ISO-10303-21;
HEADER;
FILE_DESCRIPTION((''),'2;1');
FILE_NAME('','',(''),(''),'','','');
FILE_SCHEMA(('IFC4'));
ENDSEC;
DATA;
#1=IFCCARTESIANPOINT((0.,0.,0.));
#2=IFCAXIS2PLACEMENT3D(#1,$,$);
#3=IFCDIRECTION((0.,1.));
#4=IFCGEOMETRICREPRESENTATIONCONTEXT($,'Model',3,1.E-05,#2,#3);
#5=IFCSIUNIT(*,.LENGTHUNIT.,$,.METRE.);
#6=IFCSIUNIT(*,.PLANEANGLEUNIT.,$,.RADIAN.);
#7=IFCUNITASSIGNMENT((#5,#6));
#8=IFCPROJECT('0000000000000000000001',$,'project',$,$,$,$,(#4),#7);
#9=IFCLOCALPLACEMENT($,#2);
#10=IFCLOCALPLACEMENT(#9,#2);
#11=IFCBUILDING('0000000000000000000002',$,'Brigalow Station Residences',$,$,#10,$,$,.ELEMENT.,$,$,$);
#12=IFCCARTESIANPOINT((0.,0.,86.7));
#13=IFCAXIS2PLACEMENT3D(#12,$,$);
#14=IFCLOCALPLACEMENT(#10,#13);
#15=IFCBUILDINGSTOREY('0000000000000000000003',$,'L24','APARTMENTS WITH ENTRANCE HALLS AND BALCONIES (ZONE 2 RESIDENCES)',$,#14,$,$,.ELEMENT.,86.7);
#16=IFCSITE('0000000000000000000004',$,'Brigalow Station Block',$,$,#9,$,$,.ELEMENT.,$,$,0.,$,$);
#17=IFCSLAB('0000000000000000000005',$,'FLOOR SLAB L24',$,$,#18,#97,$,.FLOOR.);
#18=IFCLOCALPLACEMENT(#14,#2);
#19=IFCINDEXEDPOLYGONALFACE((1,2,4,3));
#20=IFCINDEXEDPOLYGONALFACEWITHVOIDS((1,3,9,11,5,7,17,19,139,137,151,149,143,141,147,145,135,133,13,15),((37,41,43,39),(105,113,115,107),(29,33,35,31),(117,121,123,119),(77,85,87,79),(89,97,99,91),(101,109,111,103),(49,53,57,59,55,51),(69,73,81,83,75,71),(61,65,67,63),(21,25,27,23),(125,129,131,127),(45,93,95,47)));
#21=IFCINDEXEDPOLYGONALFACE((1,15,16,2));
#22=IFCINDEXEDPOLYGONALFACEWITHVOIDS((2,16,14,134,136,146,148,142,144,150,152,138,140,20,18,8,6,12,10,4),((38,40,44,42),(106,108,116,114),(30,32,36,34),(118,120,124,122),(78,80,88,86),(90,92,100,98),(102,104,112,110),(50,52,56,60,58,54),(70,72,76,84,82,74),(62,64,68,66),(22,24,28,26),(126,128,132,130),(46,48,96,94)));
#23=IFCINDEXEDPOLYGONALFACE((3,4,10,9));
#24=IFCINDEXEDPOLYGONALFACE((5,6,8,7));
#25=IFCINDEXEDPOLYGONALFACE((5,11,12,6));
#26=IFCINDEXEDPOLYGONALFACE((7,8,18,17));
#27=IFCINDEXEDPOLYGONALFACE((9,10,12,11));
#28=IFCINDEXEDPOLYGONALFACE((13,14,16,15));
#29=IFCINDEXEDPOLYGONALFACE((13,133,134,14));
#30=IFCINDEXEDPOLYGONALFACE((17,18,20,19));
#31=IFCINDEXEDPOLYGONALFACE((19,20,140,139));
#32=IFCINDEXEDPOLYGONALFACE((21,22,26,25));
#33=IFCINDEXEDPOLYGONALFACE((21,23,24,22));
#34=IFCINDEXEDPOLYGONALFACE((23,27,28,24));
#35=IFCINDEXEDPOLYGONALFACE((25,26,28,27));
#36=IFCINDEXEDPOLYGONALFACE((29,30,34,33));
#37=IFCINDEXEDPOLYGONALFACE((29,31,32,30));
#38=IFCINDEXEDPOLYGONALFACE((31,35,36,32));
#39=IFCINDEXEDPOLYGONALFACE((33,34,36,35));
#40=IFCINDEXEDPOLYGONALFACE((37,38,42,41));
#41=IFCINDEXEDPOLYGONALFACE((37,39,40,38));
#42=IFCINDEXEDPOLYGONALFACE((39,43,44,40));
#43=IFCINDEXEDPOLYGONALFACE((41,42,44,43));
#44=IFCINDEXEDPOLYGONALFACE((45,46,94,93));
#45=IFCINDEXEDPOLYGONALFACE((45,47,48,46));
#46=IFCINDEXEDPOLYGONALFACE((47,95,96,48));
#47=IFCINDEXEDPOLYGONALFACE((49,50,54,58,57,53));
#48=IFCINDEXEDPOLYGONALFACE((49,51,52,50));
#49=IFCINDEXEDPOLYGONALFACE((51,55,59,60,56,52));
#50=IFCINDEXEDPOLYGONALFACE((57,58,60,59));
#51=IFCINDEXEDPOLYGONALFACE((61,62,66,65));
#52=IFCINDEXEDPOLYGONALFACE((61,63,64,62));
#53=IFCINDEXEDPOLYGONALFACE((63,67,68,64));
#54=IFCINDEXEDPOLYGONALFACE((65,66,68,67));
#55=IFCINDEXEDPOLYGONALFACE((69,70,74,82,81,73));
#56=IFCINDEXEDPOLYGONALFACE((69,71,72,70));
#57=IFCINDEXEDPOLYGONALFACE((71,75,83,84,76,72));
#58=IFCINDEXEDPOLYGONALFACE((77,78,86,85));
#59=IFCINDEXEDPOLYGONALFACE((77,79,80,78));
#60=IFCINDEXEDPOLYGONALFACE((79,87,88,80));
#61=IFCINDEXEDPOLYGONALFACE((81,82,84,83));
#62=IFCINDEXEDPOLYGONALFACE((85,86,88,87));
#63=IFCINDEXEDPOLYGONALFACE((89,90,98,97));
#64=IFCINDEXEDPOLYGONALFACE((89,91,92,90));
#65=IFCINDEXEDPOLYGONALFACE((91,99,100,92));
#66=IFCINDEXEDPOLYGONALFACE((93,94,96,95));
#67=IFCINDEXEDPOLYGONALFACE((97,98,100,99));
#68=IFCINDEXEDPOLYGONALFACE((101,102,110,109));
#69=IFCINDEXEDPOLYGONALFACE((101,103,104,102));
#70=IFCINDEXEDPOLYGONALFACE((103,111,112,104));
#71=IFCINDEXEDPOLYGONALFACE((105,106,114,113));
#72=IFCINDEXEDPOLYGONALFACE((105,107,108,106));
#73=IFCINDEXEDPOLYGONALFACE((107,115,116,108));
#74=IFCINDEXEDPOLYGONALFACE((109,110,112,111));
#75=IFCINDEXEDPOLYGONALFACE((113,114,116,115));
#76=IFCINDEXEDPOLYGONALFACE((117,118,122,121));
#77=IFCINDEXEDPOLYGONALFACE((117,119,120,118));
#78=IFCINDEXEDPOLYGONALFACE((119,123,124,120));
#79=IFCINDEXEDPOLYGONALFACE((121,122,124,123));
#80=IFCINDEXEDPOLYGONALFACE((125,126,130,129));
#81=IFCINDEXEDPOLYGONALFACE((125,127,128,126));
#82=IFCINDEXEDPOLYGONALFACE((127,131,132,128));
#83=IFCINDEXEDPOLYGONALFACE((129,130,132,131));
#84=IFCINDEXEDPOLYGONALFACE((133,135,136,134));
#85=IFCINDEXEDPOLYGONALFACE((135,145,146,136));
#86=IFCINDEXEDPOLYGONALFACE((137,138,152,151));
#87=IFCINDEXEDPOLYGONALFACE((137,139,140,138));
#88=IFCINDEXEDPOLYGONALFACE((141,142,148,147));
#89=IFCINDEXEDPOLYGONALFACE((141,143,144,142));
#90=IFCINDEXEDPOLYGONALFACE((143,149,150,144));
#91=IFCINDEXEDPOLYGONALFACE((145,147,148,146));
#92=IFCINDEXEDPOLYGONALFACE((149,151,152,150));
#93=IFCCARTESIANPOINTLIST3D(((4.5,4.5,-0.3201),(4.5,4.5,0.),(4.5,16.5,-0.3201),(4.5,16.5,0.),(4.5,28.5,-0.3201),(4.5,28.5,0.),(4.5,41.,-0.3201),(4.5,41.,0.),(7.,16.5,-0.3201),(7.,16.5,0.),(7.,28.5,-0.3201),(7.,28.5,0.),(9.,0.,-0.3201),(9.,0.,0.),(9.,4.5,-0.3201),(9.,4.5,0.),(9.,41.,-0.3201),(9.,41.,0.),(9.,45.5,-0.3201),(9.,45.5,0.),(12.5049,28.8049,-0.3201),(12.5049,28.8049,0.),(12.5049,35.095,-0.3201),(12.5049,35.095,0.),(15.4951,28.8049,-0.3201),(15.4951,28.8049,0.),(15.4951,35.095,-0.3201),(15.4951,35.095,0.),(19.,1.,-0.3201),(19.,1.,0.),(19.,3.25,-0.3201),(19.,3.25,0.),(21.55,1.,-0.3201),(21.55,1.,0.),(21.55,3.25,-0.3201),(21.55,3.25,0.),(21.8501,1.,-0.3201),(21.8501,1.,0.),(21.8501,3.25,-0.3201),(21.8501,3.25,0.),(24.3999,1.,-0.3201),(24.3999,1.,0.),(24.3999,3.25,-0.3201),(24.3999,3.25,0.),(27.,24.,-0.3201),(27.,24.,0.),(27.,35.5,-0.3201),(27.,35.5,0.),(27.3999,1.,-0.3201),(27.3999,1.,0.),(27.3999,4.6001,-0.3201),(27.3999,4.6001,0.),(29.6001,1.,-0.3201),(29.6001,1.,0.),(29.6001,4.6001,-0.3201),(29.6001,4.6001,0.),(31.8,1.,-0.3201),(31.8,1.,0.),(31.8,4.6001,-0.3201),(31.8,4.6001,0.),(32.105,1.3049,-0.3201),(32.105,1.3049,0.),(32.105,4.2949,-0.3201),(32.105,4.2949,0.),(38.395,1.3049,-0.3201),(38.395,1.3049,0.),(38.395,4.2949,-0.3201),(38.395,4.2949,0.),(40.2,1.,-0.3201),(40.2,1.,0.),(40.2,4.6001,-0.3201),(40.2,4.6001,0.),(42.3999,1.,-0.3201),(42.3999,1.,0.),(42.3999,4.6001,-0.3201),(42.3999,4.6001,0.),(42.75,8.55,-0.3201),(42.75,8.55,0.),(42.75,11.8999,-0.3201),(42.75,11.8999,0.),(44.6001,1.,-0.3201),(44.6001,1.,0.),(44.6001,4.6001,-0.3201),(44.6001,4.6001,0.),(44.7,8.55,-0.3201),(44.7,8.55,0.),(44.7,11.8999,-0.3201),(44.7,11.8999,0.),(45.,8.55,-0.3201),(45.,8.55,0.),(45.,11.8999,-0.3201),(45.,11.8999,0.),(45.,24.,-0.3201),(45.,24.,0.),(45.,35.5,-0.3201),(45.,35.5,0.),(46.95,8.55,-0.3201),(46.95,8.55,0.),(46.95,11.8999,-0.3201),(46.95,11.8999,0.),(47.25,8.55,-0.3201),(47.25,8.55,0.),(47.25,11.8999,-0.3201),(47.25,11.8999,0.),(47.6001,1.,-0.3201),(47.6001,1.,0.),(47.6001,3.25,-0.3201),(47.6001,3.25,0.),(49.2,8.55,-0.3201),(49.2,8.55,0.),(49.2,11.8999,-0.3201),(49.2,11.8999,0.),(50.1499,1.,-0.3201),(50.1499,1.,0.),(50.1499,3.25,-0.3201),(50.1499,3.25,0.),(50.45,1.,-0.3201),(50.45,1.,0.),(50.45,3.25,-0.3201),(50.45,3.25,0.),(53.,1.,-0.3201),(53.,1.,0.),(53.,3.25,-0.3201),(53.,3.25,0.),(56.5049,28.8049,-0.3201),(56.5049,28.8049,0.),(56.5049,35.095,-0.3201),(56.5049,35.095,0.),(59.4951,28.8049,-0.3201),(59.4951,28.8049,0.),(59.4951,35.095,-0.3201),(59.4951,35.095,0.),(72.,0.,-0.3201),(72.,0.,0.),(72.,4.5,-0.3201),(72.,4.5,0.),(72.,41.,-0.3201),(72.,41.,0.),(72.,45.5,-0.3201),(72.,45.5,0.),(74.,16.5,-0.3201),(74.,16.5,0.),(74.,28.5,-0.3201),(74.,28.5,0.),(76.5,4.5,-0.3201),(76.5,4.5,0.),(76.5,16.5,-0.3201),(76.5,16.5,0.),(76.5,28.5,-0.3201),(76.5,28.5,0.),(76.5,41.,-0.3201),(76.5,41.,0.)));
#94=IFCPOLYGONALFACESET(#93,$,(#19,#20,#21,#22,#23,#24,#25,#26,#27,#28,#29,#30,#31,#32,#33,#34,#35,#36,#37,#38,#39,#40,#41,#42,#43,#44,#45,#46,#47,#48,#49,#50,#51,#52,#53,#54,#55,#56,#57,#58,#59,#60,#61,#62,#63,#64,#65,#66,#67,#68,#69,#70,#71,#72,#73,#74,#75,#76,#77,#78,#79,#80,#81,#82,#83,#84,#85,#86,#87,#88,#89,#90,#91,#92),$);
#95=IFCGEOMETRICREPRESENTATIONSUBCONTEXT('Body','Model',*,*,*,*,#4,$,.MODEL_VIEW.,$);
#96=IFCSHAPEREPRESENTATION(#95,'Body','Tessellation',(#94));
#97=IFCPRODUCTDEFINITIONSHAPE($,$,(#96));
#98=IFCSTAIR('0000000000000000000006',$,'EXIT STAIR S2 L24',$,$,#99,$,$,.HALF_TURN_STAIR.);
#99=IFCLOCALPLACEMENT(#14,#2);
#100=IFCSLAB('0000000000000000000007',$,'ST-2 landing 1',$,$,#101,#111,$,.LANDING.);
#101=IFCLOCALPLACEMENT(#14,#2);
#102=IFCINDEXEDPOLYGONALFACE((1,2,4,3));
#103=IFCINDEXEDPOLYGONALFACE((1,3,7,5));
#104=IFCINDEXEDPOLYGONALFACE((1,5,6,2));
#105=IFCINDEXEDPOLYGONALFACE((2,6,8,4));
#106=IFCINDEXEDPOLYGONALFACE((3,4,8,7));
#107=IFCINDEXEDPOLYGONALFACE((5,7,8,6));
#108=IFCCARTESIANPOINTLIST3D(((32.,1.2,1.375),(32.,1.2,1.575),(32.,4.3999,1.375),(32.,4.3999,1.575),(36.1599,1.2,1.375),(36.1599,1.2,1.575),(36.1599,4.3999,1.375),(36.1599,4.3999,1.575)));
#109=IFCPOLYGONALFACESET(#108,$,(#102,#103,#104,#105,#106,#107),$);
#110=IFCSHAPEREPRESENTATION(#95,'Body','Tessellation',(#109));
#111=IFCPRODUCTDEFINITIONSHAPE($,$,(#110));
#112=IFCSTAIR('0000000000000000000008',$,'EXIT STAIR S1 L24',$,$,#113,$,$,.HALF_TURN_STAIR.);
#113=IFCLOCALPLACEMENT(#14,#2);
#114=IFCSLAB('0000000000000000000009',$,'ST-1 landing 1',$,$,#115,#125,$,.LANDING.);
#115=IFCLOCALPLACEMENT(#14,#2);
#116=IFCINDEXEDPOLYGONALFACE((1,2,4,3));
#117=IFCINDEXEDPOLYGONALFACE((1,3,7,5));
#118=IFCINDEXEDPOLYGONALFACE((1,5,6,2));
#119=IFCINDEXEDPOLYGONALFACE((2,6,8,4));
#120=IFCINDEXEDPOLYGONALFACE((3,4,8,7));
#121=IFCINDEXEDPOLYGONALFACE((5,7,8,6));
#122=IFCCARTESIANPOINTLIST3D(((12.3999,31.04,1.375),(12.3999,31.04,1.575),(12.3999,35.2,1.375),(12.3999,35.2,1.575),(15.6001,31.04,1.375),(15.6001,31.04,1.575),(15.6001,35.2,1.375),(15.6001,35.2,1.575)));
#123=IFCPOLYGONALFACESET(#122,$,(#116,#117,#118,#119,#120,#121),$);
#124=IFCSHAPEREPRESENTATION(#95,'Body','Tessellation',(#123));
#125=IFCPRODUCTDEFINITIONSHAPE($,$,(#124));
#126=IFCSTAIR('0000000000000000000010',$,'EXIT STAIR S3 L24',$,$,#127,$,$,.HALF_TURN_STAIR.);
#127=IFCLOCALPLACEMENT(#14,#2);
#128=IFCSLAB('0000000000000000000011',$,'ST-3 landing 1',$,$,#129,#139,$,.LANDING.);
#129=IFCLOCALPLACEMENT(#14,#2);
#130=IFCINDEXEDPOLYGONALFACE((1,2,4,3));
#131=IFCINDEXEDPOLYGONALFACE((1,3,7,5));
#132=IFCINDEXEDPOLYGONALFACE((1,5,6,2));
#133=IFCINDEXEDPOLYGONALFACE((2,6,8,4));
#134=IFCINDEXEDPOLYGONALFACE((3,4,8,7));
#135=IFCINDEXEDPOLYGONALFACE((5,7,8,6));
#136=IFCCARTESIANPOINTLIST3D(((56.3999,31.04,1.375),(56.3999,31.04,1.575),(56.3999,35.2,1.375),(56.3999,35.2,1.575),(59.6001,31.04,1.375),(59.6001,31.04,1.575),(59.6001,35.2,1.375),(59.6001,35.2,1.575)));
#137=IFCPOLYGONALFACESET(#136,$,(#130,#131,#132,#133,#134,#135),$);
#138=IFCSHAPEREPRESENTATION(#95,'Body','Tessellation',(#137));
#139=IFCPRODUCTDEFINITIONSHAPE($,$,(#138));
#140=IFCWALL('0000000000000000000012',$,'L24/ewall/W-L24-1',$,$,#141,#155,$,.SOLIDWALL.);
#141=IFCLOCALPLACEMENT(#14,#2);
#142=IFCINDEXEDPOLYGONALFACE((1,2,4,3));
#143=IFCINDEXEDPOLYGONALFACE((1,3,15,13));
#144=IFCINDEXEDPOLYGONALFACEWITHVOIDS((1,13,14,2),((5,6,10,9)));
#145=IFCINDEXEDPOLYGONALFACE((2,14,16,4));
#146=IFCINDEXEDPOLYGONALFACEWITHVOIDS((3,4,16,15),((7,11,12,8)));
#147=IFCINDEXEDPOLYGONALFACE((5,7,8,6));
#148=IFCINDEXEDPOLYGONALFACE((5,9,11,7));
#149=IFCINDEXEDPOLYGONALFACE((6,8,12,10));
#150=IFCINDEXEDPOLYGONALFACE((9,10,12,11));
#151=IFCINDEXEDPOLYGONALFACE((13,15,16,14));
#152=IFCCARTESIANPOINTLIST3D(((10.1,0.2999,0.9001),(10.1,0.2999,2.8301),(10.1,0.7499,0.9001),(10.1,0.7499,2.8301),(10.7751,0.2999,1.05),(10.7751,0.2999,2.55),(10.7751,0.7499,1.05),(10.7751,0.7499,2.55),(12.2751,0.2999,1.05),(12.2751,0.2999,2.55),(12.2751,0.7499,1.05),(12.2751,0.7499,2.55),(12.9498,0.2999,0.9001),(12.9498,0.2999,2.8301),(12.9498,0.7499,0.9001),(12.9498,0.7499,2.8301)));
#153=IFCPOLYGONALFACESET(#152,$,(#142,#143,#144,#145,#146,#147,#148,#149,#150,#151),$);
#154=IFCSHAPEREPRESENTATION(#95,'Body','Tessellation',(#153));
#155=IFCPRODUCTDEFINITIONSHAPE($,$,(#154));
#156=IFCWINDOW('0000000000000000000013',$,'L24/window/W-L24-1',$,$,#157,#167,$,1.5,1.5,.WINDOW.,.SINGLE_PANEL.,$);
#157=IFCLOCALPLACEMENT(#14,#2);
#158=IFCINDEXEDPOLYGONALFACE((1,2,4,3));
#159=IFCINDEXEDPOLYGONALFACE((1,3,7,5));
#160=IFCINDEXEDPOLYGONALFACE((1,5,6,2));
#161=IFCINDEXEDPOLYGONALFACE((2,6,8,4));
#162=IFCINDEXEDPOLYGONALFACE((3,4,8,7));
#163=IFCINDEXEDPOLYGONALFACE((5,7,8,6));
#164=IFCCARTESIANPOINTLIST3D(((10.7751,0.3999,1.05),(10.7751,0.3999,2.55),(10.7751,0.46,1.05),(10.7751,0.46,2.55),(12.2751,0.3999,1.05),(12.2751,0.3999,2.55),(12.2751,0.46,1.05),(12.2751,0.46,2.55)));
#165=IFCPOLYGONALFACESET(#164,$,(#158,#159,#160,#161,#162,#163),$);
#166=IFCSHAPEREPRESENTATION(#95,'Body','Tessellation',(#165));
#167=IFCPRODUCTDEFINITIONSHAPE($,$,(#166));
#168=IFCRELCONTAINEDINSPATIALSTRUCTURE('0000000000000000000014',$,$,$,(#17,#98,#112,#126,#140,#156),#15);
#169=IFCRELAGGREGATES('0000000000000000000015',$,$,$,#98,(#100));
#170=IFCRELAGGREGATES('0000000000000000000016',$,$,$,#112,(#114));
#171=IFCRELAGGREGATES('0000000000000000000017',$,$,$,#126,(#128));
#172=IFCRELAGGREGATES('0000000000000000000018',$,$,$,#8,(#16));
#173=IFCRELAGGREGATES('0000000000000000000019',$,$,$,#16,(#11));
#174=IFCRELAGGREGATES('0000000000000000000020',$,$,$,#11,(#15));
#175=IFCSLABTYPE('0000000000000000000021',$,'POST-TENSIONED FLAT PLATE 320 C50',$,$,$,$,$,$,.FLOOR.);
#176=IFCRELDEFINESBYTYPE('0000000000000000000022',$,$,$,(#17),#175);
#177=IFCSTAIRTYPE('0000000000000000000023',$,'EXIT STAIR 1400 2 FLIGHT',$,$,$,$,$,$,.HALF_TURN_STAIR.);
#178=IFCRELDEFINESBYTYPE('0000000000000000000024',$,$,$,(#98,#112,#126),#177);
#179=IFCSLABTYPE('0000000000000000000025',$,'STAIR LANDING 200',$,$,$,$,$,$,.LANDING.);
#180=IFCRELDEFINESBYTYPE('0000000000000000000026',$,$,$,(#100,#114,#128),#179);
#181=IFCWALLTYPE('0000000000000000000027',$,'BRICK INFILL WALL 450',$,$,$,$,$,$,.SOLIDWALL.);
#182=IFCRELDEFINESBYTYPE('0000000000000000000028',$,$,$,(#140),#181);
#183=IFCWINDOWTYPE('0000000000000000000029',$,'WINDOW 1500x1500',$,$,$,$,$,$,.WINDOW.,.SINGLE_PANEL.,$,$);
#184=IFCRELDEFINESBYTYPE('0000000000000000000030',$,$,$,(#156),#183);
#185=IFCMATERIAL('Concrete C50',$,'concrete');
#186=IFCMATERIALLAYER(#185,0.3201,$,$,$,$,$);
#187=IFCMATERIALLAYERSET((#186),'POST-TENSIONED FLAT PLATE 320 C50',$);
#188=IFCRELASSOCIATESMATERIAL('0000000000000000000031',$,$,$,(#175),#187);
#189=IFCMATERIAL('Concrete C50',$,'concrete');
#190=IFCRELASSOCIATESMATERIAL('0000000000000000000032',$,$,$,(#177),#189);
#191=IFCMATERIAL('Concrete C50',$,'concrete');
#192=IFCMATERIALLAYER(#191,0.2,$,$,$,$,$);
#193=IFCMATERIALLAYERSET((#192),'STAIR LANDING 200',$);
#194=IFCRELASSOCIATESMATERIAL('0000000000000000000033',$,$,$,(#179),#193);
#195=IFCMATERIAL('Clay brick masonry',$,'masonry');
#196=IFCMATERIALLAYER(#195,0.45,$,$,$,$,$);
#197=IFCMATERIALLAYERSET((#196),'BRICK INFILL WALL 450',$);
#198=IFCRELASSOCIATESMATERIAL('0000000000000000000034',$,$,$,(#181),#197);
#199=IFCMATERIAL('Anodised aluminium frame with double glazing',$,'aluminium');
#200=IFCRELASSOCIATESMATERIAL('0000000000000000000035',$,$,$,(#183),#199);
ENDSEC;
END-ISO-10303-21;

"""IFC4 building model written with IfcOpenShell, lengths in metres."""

from ifc_helpers import new_model, si_unit, direction, frame, frame_2d, origin, place, context, subcontext, project, spatial, polyline, rectangle, outline, extrude, material, layer, layer_set, type_object, element, fill, aggregate, save


model = new_model("IFC4")

# Units and contexts
model_context = context("Model", 3, precision=1e-05, world=origin(), true_north=direction((0.0, 1.0)))
body_context = subcontext(model_context, "Body", "Model", "MODEL_VIEW")
ifc_project = project(units=[si_unit("LENGTHUNIT", "METRE"), si_unit("PLANEANGLEUNIT", "RADIAN")], contexts=[model_context])

# Site, building, storey
site_placement = place(None, origin())
site = spatial("IfcSite", under=ifc_project, at=site_placement, Name="Brigalow Station Block", CompositionType="ELEMENT", RefElevation=0.0)
building_placement = place(site_placement, origin())
building = spatial("IfcBuilding", under=site, at=building_placement, Name="Brigalow Station Residences", CompositionType="ELEMENT")
storey_placement = place(building_placement, frame((0.0, 0.0, 86.7)))
storey = spatial("IfcBuildingStorey", under=building, at=storey_placement, Name="L24", Description="APARTMENTS WITH ENTRANCE HALLS AND BALCONIES (ZONE 2 RESIDENCES)", CompositionType="ELEMENT", Elevation=86.7)

# Slab
ifc_material_1 = material(Name="Concrete C50", Category="concrete")
ifc_layer_1 = layer(ifc_material_1, 0.3201)
ifc_layer_set_1 = layer_set([ifc_layer_1], Name="POST-TENSIONED FLAT PLATE 320 C50")
slab_type_1 = type_object("IfcSlabType", Name="POST-TENSIONED FLAT PLATE 320 C50", PredefinedType="FLOOR", material=ifc_layer_set_1)
slab_1_placement = place(storey_placement, frame((0.0, 0.0, -0.3201)))
element("IfcSlab", 1, at=slab_1_placement, inside=storey, type_object=slab_type_1, Name="FLOOR SLAB L24", PredefinedType="FLOOR", context=body_context, shape_type="SweptSolid", body=[
    extrude(outline(polyline([(9.0, 0.0), (72.0, 0.0), (72.0, 4.5), (76.5, 4.5), (76.5, 16.5), (74.0, 16.5), (74.0, 28.5), (76.5, 28.5), (76.5, 41.0), (72.0, 41.0), (72.0, 45.5), (9.0, 45.5), (9.0, 41.0), (4.5, 41.0), (4.5, 28.5), (7.0, 28.5), (7.0, 16.5), (4.5, 16.5), (4.5, 4.5), (9.0, 4.5), (9.0, 0.0)]), holes=[polyline([(12.5049, 35.095), (15.4951, 35.095), (15.4951, 28.8049), (12.5049, 28.8049), (12.5049, 35.095)]), polyline([(19.0, 1.0), (19.0, 3.25), (21.55, 3.25), (21.55, 1.0), (19.0, 1.0)]), polyline([(21.8501, 3.25), (24.3999, 3.25), (24.3999, 1.0), (21.8501, 1.0), (21.8501, 3.25)]), polyline([(27.0, 35.5), (45.0, 35.5), (45.0, 24.0), (27.0, 24.0), (27.0, 35.5)]), polyline([(29.6001, 4.6001), (31.8, 4.6001), (31.8, 1.0), (29.6001, 1.0), (27.3999, 1.0), (27.3999, 4.6001), (29.6001, 4.6001)]), polyline([(32.105, 4.2949), (38.395, 4.2949), (38.395, 1.3049), (32.105, 1.3049), (32.105, 4.2949)]), polyline([(40.2, 4.6001), (42.3999, 4.6001), (44.6001, 4.6001), (44.6001, 1.0), (42.3999, 1.0), (40.2, 1.0), (40.2, 4.6001)]), polyline([(42.75, 11.8999), (44.7, 11.8999), (44.7, 8.55), (42.75, 8.55), (42.75, 11.8999)]), polyline([(45.0, 11.8999), (46.95, 11.8999), (46.95, 8.55), (45.0, 8.55), (45.0, 11.8999)]), polyline([(47.25, 11.8999), (49.2, 11.8999), (49.2, 8.55), (47.25, 8.55), (47.25, 11.8999)]), polyline([(47.6001, 3.25), (50.1499, 3.25), (50.1499, 1.0), (47.6001, 1.0), (47.6001, 3.25)]), polyline([(50.45, 3.25), (53.0, 3.25), (53.0, 1.0), (50.45, 1.0), (50.45, 3.25)]), polyline([(56.5049, 35.095), (59.4951, 35.095), (59.4951, 28.8049), (56.5049, 28.8049), (56.5049, 35.095)])]), origin(), (0.0, 0.0, 1.0), 0.3201),
])

# Stairs, slabs
ifc_material_2 = material(Name="Concrete C50", Category="concrete")
stair_type = type_object("IfcStairType", Name="EXIT STAIR 1400 2 FLIGHT", PredefinedType="HALF_TURN_STAIR", material=ifc_material_2)
stair_1_placement = place(storey_placement, origin())
stair_1 = element("IfcStair", 2, at=stair_1_placement, inside=storey, type_object=stair_type, Name="EXIT STAIR S2 L24", PredefinedType="HALF_TURN_STAIR")
ifc_material_3 = material(Name="Concrete C50", Category="concrete")
ifc_layer_2 = layer(ifc_material_3, 0.2)
ifc_layer_set_2 = layer_set([ifc_layer_2], Name="STAIR LANDING 200")
slab_type_2 = type_object("IfcSlabType", Name="STAIR LANDING 200", PredefinedType="LANDING", material=ifc_layer_set_2)
slab_2_placement = place(storey_placement, frame((0.0, 0.0, 1.375)))
slab_2 = element("IfcSlab", 3, at=slab_2_placement, type_object=slab_type_2, Name="ST-2 landing 1", PredefinedType="LANDING", context=body_context, shape_type="SweptSolid", body=[
    extrude(outline(polyline([(32.0, 1.2), (36.1599, 1.2), (36.1599, 4.3999), (32.0, 4.3999), (32.0, 1.2)])), origin(), (0.0, 0.0, 1.0), 0.2),
])
aggregate(stair_1, [slab_2])
stair_2_placement = place(storey_placement, origin())
stair_2 = element("IfcStair", 4, at=stair_2_placement, inside=storey, type_object=stair_type, Name="EXIT STAIR S1 L24", PredefinedType="HALF_TURN_STAIR")
slab_3_placement = place(storey_placement, frame((0.0, 0.0, 1.375)))
slab_3 = element("IfcSlab", 5, at=slab_3_placement, type_object=slab_type_2, Name="ST-1 landing 1", PredefinedType="LANDING", context=body_context, shape_type="SweptSolid", body=[
    extrude(outline(polyline([(12.3999, 31.04), (15.6001, 31.04), (15.6001, 35.2), (12.3999, 35.2), (12.3999, 31.04)])), origin(), (0.0, 0.0, 1.0), 0.2),
])
aggregate(stair_2, [slab_3])
stair_3_placement = place(storey_placement, origin())
stair_3 = element("IfcStair", 6, at=stair_3_placement, inside=storey, type_object=stair_type, Name="EXIT STAIR S3 L24", PredefinedType="HALF_TURN_STAIR")
slab_4_placement = place(storey_placement, frame((0.0, 0.0, 1.375)))
slab_4 = element("IfcSlab", 7, at=slab_4_placement, type_object=slab_type_2, Name="ST-3 landing 1", PredefinedType="LANDING", context=body_context, shape_type="SweptSolid", body=[
    extrude(outline(polyline([(56.3999, 31.04), (59.6001, 31.04), (59.6001, 35.2), (56.3999, 35.2), (56.3999, 31.04)])), origin(), (0.0, 0.0, 1.0), 0.2),
])
aggregate(stair_3, [slab_4])

# Wall, opening, window
ifc_material_4 = material(Name="Clay brick masonry", Category="masonry")
ifc_layer_3 = layer(ifc_material_4, 0.45)
ifc_layer_set_3 = layer_set([ifc_layer_3], Name="BRICK INFILL WALL 450")
wall_type_1 = type_object("IfcWallType", Name="BRICK INFILL WALL 450", PredefinedType="SOLIDWALL", material=ifc_layer_set_3)
wall_1_placement = place(storey_placement, frame((10.1001, 0.5249, 0.9001), z_axis=(0.0, 0.0, 1.0), x_axis=(1.0, 0.0, 0.0)))
wall_1 = element("IfcWall", 8, at=wall_1_placement, inside=storey, type_object=wall_type_1, Name="L24/ewall/W-L24-1", PredefinedType="SOLIDWALL", context=body_context, shape_type="SweptSolid", body=[
    extrude(rectangle(XDim=2.8499, YDim=0.45, at=frame_2d((1.4248, 0.0))), origin(), (0.0, 0.0, 1.0), 1.9299),
])
opening_1_placement = place(wall_1_placement, frame((0.675, 0.0, 0.1499)))
opening_1 = element("IfcOpeningElement", 9, at=opening_1_placement, cuts=wall_1, PredefinedType="OPENING", context=body_context, shape_type="SweptSolid", body=[
    extrude(rectangle(XDim=1.5, YDim=1.5, at=frame_2d((0.75, 0.75))), frame((0.0, 0.2349, 0.0), z_axis=(0.0, -1.0, 0.0), x_axis=(1.0, 0.0, 0.0)), (0.0, 0.0, 1.0), 0.47),
])
ifc_material_5 = material(Name="Anodised aluminium frame with double glazing", Category="aluminium")
window_type_1 = type_object("IfcWindowType", Name="WINDOW 1500x1500", PartitioningType="SINGLE_PANEL", PredefinedType="WINDOW", material=ifc_material_5)
window_1_placement = place(opening_1_placement, origin())
window_1 = element("IfcWindow", 10, at=window_1_placement, inside=storey, type_object=window_type_1, Name="L24/window/W-L24-1", OverallHeight=1.5, OverallWidth=1.5, PartitioningType="SINGLE_PANEL", PredefinedType="WINDOW", context=body_context, shape_type="SweptSolid", body=[
    extrude(rectangle(XDim=1.5, YDim=1.5, at=frame_2d((0.75, 0.75))), frame((0.0, -0.0649, 0.0), z_axis=(0.0, -1.0, 0.0), x_axis=(1.0, 0.0, 0.0)), (0.0, 0.0, 1.0), 0.0601),
])
fill(opening_1, window_1)

save(model, "model.ifc")
